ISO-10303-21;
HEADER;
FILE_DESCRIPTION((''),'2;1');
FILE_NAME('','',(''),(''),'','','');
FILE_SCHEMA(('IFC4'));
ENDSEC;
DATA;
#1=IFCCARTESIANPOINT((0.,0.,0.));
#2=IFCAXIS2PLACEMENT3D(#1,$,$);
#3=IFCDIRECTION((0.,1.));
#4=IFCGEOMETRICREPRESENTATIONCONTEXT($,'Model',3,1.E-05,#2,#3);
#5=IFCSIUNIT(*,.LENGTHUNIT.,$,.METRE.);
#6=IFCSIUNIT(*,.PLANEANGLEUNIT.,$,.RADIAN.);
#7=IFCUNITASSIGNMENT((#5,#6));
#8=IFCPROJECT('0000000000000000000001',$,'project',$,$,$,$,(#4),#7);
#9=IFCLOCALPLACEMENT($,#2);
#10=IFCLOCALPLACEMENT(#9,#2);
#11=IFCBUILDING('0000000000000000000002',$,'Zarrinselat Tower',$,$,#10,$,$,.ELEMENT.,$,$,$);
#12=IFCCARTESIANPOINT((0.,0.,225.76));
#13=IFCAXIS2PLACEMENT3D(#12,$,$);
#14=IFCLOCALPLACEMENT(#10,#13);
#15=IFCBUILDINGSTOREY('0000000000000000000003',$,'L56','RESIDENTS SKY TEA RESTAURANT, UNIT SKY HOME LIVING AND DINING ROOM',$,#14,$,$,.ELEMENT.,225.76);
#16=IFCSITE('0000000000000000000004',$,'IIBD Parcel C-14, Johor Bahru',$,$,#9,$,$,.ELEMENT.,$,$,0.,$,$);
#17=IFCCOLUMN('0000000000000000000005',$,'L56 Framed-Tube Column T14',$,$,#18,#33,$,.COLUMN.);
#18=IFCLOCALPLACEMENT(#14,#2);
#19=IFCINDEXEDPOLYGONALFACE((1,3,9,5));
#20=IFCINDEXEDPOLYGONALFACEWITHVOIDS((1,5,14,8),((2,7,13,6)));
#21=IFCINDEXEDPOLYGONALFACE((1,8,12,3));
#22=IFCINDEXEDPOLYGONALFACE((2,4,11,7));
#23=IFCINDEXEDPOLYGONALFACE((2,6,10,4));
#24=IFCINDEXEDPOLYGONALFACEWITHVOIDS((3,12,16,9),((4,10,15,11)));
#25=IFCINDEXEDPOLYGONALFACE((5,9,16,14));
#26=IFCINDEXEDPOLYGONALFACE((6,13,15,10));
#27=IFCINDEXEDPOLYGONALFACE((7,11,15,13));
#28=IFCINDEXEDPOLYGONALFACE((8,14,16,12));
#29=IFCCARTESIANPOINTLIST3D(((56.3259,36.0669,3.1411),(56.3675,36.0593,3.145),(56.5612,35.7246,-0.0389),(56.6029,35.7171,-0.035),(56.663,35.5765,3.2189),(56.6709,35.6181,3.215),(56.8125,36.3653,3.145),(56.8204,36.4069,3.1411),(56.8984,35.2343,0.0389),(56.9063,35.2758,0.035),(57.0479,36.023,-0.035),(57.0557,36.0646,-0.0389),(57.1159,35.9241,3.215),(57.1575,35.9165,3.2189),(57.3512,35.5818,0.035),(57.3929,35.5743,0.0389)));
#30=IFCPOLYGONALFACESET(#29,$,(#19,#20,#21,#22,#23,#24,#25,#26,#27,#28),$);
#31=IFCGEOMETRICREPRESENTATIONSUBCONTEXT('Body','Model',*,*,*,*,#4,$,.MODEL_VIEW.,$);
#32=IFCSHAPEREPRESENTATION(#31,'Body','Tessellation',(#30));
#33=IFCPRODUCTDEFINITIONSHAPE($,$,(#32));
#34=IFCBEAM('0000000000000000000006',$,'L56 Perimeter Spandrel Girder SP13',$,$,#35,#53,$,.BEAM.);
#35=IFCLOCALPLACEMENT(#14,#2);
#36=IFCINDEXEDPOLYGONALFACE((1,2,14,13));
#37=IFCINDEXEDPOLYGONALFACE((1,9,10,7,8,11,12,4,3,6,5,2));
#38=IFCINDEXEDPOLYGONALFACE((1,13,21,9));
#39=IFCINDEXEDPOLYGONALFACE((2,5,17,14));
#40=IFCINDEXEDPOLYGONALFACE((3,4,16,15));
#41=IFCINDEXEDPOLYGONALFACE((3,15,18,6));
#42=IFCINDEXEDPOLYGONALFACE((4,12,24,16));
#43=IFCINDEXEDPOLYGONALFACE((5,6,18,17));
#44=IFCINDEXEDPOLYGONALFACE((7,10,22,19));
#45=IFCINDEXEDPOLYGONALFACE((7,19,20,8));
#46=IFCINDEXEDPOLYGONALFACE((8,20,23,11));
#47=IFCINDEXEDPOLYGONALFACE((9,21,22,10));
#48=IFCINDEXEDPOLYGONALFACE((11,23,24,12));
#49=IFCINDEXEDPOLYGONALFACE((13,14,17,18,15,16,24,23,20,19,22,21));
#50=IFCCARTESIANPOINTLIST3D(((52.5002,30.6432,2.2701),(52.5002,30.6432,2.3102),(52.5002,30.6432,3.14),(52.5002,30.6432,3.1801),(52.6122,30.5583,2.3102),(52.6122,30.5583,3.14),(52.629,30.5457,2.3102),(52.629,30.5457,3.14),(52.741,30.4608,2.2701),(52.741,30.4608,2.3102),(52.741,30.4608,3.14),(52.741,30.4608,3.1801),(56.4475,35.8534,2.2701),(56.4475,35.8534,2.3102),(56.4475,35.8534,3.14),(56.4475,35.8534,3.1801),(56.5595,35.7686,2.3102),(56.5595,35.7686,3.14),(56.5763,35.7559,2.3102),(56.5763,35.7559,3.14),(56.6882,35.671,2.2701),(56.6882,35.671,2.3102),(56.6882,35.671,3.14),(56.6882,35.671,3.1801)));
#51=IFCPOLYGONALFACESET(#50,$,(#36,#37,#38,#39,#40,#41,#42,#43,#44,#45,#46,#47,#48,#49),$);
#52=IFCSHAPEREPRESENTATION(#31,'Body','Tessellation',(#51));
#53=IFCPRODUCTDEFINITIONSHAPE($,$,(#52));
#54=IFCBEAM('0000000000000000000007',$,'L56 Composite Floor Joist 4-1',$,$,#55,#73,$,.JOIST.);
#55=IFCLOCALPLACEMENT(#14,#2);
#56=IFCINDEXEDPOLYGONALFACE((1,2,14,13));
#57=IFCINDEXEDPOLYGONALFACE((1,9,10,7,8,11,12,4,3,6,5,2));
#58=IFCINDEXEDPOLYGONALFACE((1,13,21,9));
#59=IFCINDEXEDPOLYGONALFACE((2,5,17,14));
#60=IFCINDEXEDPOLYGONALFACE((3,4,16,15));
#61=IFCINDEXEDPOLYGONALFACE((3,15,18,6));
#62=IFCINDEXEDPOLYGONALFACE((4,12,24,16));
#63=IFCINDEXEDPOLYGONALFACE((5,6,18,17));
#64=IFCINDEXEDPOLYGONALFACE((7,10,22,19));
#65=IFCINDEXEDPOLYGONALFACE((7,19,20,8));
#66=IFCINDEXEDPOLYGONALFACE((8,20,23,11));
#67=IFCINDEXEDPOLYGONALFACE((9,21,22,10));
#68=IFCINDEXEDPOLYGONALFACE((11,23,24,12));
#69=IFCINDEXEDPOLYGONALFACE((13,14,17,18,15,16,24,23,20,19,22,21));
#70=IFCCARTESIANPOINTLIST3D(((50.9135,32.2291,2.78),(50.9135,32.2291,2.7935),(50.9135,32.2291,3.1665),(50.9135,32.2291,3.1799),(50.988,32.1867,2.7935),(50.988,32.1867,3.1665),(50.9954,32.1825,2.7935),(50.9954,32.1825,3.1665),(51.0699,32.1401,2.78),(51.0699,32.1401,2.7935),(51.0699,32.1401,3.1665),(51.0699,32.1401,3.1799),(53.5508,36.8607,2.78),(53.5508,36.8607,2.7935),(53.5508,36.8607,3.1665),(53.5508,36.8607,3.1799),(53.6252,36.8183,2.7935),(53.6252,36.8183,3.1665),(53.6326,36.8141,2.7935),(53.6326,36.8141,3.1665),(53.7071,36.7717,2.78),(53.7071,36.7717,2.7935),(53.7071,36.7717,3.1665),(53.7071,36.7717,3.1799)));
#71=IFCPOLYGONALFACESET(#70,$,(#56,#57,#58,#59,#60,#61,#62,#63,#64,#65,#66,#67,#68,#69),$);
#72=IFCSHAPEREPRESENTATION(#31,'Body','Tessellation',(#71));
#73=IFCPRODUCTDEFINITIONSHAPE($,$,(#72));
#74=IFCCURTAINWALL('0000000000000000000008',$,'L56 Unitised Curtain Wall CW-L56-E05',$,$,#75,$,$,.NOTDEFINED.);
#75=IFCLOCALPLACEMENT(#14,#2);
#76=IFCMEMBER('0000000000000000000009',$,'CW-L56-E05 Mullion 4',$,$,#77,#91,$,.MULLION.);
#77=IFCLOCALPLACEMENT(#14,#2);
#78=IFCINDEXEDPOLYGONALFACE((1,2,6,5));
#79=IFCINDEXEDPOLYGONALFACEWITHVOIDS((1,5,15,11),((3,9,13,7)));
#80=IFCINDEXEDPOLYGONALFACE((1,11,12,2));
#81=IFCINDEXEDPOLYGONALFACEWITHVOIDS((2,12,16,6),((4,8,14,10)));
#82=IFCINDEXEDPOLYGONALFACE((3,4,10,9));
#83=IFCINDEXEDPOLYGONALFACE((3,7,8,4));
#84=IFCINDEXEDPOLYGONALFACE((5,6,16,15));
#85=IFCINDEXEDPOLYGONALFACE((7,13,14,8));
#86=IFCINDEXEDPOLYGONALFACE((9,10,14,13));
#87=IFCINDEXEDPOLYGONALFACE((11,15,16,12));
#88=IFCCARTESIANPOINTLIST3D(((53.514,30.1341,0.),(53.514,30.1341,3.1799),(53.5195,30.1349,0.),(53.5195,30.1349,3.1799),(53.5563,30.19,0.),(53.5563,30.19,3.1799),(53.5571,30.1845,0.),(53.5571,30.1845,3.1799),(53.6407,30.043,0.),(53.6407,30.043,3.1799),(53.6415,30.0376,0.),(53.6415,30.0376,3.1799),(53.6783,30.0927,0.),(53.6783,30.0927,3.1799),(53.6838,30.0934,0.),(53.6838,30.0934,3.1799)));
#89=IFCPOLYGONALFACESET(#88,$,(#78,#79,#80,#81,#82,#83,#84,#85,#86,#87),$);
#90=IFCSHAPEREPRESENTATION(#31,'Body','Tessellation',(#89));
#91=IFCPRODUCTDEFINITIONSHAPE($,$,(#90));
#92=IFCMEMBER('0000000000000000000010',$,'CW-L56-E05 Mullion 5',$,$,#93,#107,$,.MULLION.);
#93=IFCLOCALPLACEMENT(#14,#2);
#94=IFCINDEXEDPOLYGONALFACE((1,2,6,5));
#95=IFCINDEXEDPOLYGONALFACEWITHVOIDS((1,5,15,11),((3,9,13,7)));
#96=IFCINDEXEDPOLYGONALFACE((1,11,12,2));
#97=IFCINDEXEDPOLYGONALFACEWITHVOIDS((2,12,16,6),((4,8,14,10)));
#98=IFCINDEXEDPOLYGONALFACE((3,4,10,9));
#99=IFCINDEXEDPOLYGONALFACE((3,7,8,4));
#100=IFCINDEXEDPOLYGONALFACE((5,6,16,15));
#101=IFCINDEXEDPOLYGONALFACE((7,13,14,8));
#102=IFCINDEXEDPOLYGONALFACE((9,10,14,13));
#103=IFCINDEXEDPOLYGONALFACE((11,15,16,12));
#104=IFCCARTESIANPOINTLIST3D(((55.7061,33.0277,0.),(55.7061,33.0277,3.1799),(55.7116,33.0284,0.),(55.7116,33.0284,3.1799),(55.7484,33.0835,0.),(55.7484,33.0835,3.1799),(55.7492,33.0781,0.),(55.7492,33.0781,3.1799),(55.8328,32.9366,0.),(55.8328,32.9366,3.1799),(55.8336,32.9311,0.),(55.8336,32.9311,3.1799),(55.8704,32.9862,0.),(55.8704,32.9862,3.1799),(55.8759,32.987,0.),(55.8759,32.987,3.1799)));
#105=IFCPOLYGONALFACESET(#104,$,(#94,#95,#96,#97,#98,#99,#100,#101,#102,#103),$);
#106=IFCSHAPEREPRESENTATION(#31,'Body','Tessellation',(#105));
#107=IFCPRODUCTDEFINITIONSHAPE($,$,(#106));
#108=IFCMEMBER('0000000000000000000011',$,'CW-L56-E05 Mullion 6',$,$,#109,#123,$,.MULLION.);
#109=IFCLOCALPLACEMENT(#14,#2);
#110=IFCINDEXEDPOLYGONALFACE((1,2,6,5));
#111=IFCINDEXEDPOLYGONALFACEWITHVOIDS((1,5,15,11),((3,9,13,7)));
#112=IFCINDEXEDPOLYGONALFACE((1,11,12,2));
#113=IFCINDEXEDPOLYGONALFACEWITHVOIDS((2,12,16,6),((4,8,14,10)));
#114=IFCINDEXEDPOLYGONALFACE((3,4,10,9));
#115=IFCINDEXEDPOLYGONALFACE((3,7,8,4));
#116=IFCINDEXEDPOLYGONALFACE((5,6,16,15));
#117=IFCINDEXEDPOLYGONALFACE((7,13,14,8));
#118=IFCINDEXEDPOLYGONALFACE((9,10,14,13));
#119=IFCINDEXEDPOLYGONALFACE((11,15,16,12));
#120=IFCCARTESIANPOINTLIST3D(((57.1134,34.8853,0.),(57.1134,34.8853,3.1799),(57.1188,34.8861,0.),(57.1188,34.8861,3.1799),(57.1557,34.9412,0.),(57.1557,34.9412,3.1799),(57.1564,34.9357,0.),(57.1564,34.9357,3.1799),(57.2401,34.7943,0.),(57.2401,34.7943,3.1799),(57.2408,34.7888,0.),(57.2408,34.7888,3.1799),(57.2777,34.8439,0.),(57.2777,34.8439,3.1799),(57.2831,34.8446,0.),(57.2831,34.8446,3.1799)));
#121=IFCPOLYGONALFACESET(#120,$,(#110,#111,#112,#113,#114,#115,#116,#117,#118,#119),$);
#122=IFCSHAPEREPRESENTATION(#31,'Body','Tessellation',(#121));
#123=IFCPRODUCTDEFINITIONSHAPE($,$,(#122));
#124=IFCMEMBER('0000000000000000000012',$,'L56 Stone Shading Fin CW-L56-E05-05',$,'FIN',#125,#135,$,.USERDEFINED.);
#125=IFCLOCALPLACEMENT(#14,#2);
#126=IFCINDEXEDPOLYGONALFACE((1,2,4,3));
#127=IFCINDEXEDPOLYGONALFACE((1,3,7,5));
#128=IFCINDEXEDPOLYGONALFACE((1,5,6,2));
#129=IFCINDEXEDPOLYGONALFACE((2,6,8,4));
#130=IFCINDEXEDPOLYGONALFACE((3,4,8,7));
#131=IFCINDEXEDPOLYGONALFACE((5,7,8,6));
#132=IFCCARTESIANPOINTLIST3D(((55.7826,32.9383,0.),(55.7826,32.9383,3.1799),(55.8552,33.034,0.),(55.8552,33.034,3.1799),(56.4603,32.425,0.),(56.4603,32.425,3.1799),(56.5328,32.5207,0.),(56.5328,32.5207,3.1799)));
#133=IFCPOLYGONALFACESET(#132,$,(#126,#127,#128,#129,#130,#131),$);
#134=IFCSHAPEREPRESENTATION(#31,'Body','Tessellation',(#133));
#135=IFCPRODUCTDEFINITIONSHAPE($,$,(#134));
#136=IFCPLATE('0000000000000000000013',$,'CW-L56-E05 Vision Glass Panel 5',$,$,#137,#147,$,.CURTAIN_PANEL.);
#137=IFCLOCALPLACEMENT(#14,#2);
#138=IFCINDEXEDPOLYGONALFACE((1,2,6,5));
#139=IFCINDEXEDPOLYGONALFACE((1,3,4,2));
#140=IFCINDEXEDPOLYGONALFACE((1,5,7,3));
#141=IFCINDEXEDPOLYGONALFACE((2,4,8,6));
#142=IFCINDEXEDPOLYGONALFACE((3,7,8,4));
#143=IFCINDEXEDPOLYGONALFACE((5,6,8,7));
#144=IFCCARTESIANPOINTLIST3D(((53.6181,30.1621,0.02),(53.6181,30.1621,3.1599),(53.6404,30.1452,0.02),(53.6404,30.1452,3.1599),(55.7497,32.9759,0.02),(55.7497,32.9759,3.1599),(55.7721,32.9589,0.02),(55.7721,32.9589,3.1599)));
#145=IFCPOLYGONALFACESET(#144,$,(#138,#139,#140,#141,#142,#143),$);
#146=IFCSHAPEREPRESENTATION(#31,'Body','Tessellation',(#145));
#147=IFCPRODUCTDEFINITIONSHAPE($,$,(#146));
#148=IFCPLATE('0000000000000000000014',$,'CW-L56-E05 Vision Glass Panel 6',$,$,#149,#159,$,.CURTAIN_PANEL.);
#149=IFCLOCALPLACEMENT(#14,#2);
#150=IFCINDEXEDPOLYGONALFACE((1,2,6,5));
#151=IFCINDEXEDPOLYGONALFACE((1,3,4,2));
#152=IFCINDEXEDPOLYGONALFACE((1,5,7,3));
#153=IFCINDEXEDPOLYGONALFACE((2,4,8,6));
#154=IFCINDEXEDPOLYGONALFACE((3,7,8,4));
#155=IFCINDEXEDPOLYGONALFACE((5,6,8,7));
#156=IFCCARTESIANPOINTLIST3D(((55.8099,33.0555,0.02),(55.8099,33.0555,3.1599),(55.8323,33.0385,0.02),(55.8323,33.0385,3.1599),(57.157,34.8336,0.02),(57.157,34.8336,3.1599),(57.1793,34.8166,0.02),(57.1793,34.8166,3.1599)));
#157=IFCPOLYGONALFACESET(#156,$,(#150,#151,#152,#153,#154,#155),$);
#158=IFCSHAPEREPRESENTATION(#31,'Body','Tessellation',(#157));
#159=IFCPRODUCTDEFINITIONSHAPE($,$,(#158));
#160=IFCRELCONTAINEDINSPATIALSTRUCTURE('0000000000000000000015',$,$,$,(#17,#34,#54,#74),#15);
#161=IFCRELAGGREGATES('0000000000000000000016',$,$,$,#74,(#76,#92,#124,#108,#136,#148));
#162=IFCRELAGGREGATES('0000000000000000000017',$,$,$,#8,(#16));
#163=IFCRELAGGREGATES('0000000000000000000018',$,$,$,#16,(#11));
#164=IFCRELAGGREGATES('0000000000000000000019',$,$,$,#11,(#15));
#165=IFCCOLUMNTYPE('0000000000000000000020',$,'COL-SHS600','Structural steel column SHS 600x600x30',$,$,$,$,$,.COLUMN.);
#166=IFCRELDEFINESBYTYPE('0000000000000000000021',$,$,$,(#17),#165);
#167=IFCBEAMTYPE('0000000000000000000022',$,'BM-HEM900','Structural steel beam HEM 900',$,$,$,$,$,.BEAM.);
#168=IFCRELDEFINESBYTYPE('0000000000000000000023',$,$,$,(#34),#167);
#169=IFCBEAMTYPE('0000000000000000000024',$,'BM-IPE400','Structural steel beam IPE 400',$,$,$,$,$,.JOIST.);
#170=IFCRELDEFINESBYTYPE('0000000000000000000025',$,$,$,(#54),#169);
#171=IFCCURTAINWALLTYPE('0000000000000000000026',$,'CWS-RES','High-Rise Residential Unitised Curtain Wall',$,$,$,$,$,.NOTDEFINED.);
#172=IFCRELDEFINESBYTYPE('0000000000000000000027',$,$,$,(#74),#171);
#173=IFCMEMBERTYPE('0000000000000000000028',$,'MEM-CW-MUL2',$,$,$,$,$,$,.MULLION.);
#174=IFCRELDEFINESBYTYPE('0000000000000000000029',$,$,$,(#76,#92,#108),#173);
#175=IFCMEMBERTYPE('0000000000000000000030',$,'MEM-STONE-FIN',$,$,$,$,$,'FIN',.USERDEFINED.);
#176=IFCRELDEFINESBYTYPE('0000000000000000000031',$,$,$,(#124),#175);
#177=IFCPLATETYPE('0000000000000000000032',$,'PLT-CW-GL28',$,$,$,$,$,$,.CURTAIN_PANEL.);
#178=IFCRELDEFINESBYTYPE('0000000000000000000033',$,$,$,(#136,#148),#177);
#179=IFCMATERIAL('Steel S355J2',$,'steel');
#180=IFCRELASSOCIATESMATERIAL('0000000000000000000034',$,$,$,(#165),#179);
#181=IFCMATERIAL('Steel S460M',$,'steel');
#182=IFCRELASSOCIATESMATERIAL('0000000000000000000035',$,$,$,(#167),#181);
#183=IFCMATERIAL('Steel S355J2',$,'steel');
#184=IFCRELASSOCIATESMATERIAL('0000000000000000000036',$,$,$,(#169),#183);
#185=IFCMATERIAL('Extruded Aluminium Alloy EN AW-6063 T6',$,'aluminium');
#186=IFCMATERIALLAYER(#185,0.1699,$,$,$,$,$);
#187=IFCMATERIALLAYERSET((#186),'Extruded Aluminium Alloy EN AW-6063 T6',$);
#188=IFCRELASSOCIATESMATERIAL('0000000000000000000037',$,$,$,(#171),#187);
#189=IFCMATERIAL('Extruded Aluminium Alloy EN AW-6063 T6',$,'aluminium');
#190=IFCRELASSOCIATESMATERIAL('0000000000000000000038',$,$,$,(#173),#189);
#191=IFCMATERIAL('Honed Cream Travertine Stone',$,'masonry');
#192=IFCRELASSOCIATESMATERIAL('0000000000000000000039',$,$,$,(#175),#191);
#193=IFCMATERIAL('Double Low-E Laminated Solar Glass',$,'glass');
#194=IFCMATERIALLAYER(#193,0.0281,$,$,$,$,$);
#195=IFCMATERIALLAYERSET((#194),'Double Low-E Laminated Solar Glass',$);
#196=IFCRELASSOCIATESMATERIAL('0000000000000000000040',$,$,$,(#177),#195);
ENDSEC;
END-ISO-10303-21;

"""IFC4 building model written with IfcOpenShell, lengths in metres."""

from ifc_helpers import new_model, si_unit, direction, frame, origin, origin_2d, place, context, subcontext, project, spatial, rectangle, hollow_rectangle, i_section, extrude, material, layer, layer_set, material_profile, profile_set, type_object, element, aggregate, save


model = new_model("IFC4")

# Units and contexts
model_context = context("Model", 3, precision=1e-05, world=origin(), true_north=direction((0.0, 1.0)))
body_context = subcontext(model_context, "Body", "Model", "MODEL_VIEW")
ifc_project = project(units=[si_unit("LENGTHUNIT", "METRE"), si_unit("PLANEANGLEUNIT", "RADIAN")], contexts=[model_context])

# Site, building, storey
site_placement = place(None, origin())
site = spatial("IfcSite", under=ifc_project, at=site_placement, Name="IIBD Parcel C-14, Johor Bahru", CompositionType="ELEMENT", RefElevation=0.0)
building_placement = place(site_placement, origin())
building = spatial("IfcBuilding", under=site, at=building_placement, Name="Zarrinselat Tower", CompositionType="ELEMENT")
storey_placement = place(building_placement, frame((0.0, 0.0, 225.76)))
storey = spatial("IfcBuildingStorey", under=building, at=storey_placement, Name="L56", Description="RESIDENTS SKY TEA RESTAURANT, UNIT SKY HOME LIVING AND DINING ROOM", CompositionType="ELEMENT", Elevation=225.76)

# Column
ifc_material_1 = material(Name="Steel S355J2", Category="steel")
ifc_material_profile_1 = material_profile(ifc_material_1, hollow_rectangle(XDim=0.6001, YDim=0.6001, WallThickness=0.03, at=origin_2d()), Name="SHS 600x600x30")
ifc_profile_set_1 = profile_set([ifc_material_profile_1], Name="Steel S355J2")
column_type = type_object("IfcColumnType", Name="COL-SHS600", Description="Structural steel column SHS 600x600x30", PredefinedType="COLUMN", material=ifc_profile_set_1)
column_placement = place(storey_placement, frame((56.9771, 35.6494, 0.0), z_axis=(-0.073388, 0.106732, 0.991576), x_axis=(-0.824008, -0.566579, 0.0)))
element("IfcColumn", 1, at=column_placement, inside=storey, type_object=column_type, Name="L56 Framed-Tube Column T14", PredefinedType="COLUMN", context=body_context, shape_type="SweptSolid", body=[
    extrude(hollow_rectangle(XDim=0.6001, YDim=0.6001, WallThickness=0.03, at=origin_2d()), origin(), (0.0, 0.0, 1.0), 3.207),
])

# Beams
ifc_material_2 = material(Name="Steel S460M", Category="steel")
ifc_material_profile_2 = material_profile(ifc_material_2, i_section(OverallWidth=0.302, OverallDepth=0.9099, WebThickness=0.021, FlangeThickness=0.04, at=origin_2d()), Name="HEM 900")
ifc_profile_set_2 = profile_set([ifc_material_profile_2], Name="Steel S460M")
beam_type_1 = type_object("IfcBeamType", Name="BM-HEM900", Description="Structural steel beam HEM 900", PredefinedType="BEAM", material=ifc_profile_set_2)
beam_1_placement = place(storey_placement, frame((52.6206, 30.552, 2.7251), z_axis=(0.603871, 0.797082, 0.0), x_axis=(-0.797082, 0.603871, 0.0)))
element("IfcBeam", 2, at=beam_1_placement, inside=storey, type_object=beam_type_1, Name="L56 Perimeter Spandrel Girder SP13", PredefinedType="BEAM", context=body_context, shape_type="SweptSolid", body=[
    extrude(i_section(OverallWidth=0.302, OverallDepth=0.9099, WebThickness=0.021, FlangeThickness=0.04, at=origin_2d()), origin(), (0.0, 0.0, 1.0), 6.5366),
])
ifc_material_3 = material(Name="Steel S355J2", Category="steel")
ifc_material_profile_3 = material_profile(ifc_material_3, i_section(OverallWidth=0.1799, OverallDepth=0.3999, WebThickness=0.0085, FlangeThickness=0.0134, at=origin_2d()), Name="IPE 400")
ifc_profile_set_3 = profile_set([ifc_material_profile_3], Name="Steel S355J2")
beam_type_2 = type_object("IfcBeamType", Name="BM-IPE400", Description="Structural steel beam IPE 400", PredefinedType="JOIST", material=ifc_profile_set_3)
beam_2_placement = place(storey_placement, frame((50.9917, 32.1846, 2.98), z_axis=(0.494806, 0.869003, 0.0), x_axis=(-0.869003, 0.494806, 0.0)))
element("IfcBeam", 3, at=beam_2_placement, inside=storey, type_object=beam_type_2, Name="L56 Composite Floor Joist 4-1", PredefinedType="JOIST", context=body_context, shape_type="SweptSolid", body=[
    extrude(i_section(OverallWidth=0.1799, OverallDepth=0.3999, WebThickness=0.0085, FlangeThickness=0.0134, at=origin_2d()), origin(), (0.0, 0.0, 1.0), 5.3298),
])

# Curtain wall, members, plates
ifc_material_4 = material(Name="Extruded Aluminium Alloy EN AW-6063 T6", Category="aluminium")
ifc_layer_1 = layer(ifc_material_4, 0.1699)
ifc_layer_set_1 = layer_set([ifc_layer_1], Name="Extruded Aluminium Alloy EN AW-6063 T6")
curtain_wall_type = type_object("IfcCurtainWallType", Name="CWS-RES", Description="High-Rise Residential Unitised Curtain Wall", PredefinedType="NOTDEFINED", material=ifc_layer_set_1)
curtain_wall_placement = place(storey_placement, origin())
curtain_wall = element("IfcCurtainWall", 4, at=curtain_wall_placement, inside=storey, type_object=curtain_wall_type, Name="L56 Unitised Curtain Wall CW-L56-E05", PredefinedType="NOTDEFINED")
ifc_material_5 = material(Name="Extruded Aluminium Alloy EN AW-6063 T6", Category="aluminium")
ifc_material_profile_4 = material_profile(ifc_material_5, hollow_rectangle(XDim=0.0701, YDim=0.1599, WallThickness=0.0039, at=origin_2d()), Name="RHS 160x70x4")
ifc_profile_set_4 = profile_set([ifc_material_profile_4], Name="Extruded Aluminium Alloy EN AW-6063 T6")
member_type_1 = type_object("IfcMemberType", Name="MEM-CW-MUL2", PredefinedType="MULLION", material=ifc_profile_set_4)
member_1_placement = place(storey_placement, frame((53.5989, 30.1138, 0.0), z_axis=(0.0, 0.0, 1.0), x_axis=(0.603859, 0.797091, 0.0)))
member_1 = element("IfcMember", 5, at=member_1_placement, type_object=member_type_1, Name="CW-L56-E05 Mullion 4", PredefinedType="MULLION", context=body_context, shape_type="SweptSolid", body=[
    extrude(hollow_rectangle(XDim=0.0701, YDim=0.1599, WallThickness=0.0039, at=origin_2d()), origin(), (0.0, 0.0, 1.0), 3.1799),
])
member_2_placement = place(storey_placement, frame((55.791, 33.0073, 0.0), z_axis=(0.0, 0.0, 1.0), x_axis=(0.603859, 0.797091, 0.0)))
member_2 = element("IfcMember", 6, at=member_2_placement, type_object=member_type_1, Name="CW-L56-E05 Mullion 5", PredefinedType="MULLION", context=body_context, shape_type="SweptSolid", body=[
    extrude(hollow_rectangle(XDim=0.0701, YDim=0.1599, WallThickness=0.0039, at=origin_2d()), origin(), (0.0, 0.0, 1.0), 3.1799),
])
member_3_placement = place(storey_placement, frame((57.1982, 34.865, 0.0), z_axis=(0.0, 0.0, 1.0), x_axis=(0.603859, 0.797091, 0.0)))
member_3 = element("IfcMember", 7, at=member_3_placement, type_object=member_type_1, Name="CW-L56-E05 Mullion 6", PredefinedType="MULLION", context=body_context, shape_type="SweptSolid", body=[
    extrude(hollow_rectangle(XDim=0.0701, YDim=0.1599, WallThickness=0.0039, at=origin_2d()), origin(), (0.0, 0.0, 1.0), 3.1799),
])
ifc_material_6 = material(Name="Honed Cream Travertine Stone", Category="masonry")
ifc_material_profile_5 = material_profile(ifc_material_6, rectangle(XDim=0.1201, YDim=0.8501, at=origin_2d()), Name="FIN 850x120")
ifc_profile_set_5 = profile_set([ifc_material_profile_5], Name="Honed Cream Travertine Stone")
member_type_2 = type_object("IfcMemberType", Name="MEM-STONE-FIN", ElementType="FIN", PredefinedType="USERDEFINED", material=ifc_profile_set_5)
member_4_placement = place(storey_placement, frame((56.1577, 32.7295, 0.0), z_axis=(0.0, 0.0, 1.0), x_axis=(-0.603859, -0.797091, 0.0)))
member_4 = element("IfcMember", 8, at=member_4_placement, type_object=member_type_2, Name="L56 Stone Shading Fin CW-L56-E05-05", ObjectType="FIN", PredefinedType="USERDEFINED", context=body_context, shape_type="SweptSolid", body=[
    extrude(rectangle(XDim=0.1201, YDim=0.8501, at=origin_2d()), origin(), (0.0, 0.0, 1.0), 3.1799),
])
ifc_material_7 = material(Name="Double Low-E Laminated Solar Glass", Category="glass")
ifc_layer_2 = layer(ifc_material_7, 0.0281)
ifc_layer_set_2 = layer_set([ifc_layer_2], Name="Double Low-E Laminated Solar Glass")
plate_type = type_object("IfcPlateType", Name="PLT-CW-GL28", PredefinedType="CURTAIN_PANEL", material=ifc_layer_set_2)
plate_1_placement = place(storey_placement, frame((54.6951, 31.5605, 0.02), z_axis=(0.0, 0.0, 1.0), x_axis=(0.603859, 0.797091, 0.0)))
plate_1 = element("IfcPlate", 9, at=plate_1_placement, type_object=plate_type, Name="CW-L56-E05 Vision Glass Panel 5", PredefinedType="CURTAIN_PANEL", context=body_context, shape_type="SweptSolid", body=[
    extrude(rectangle(XDim=3.53, YDim=0.0281, at=origin_2d()), origin(), (0.0, 0.0, 1.0), 3.1399),
])
plate_2_placement = place(storey_placement, frame((56.4946, 33.936, 0.02), z_axis=(0.0, 0.0, 1.0), x_axis=(0.603859, 0.797091, 0.0)))
plate_2 = element("IfcPlate", 10, at=plate_2_placement, type_object=plate_type, Name="CW-L56-E05 Vision Glass Panel 6", PredefinedType="CURTAIN_PANEL", context=body_context, shape_type="SweptSolid", body=[
    extrude(rectangle(XDim=2.2307, YDim=0.0281, at=origin_2d()), origin(), (0.0, 0.0, 1.0), 3.1399),
])
aggregate(curtain_wall, [member_1, member_2, member_4, member_3, plate_1, plate_2])

save(model, "model.ifc")
